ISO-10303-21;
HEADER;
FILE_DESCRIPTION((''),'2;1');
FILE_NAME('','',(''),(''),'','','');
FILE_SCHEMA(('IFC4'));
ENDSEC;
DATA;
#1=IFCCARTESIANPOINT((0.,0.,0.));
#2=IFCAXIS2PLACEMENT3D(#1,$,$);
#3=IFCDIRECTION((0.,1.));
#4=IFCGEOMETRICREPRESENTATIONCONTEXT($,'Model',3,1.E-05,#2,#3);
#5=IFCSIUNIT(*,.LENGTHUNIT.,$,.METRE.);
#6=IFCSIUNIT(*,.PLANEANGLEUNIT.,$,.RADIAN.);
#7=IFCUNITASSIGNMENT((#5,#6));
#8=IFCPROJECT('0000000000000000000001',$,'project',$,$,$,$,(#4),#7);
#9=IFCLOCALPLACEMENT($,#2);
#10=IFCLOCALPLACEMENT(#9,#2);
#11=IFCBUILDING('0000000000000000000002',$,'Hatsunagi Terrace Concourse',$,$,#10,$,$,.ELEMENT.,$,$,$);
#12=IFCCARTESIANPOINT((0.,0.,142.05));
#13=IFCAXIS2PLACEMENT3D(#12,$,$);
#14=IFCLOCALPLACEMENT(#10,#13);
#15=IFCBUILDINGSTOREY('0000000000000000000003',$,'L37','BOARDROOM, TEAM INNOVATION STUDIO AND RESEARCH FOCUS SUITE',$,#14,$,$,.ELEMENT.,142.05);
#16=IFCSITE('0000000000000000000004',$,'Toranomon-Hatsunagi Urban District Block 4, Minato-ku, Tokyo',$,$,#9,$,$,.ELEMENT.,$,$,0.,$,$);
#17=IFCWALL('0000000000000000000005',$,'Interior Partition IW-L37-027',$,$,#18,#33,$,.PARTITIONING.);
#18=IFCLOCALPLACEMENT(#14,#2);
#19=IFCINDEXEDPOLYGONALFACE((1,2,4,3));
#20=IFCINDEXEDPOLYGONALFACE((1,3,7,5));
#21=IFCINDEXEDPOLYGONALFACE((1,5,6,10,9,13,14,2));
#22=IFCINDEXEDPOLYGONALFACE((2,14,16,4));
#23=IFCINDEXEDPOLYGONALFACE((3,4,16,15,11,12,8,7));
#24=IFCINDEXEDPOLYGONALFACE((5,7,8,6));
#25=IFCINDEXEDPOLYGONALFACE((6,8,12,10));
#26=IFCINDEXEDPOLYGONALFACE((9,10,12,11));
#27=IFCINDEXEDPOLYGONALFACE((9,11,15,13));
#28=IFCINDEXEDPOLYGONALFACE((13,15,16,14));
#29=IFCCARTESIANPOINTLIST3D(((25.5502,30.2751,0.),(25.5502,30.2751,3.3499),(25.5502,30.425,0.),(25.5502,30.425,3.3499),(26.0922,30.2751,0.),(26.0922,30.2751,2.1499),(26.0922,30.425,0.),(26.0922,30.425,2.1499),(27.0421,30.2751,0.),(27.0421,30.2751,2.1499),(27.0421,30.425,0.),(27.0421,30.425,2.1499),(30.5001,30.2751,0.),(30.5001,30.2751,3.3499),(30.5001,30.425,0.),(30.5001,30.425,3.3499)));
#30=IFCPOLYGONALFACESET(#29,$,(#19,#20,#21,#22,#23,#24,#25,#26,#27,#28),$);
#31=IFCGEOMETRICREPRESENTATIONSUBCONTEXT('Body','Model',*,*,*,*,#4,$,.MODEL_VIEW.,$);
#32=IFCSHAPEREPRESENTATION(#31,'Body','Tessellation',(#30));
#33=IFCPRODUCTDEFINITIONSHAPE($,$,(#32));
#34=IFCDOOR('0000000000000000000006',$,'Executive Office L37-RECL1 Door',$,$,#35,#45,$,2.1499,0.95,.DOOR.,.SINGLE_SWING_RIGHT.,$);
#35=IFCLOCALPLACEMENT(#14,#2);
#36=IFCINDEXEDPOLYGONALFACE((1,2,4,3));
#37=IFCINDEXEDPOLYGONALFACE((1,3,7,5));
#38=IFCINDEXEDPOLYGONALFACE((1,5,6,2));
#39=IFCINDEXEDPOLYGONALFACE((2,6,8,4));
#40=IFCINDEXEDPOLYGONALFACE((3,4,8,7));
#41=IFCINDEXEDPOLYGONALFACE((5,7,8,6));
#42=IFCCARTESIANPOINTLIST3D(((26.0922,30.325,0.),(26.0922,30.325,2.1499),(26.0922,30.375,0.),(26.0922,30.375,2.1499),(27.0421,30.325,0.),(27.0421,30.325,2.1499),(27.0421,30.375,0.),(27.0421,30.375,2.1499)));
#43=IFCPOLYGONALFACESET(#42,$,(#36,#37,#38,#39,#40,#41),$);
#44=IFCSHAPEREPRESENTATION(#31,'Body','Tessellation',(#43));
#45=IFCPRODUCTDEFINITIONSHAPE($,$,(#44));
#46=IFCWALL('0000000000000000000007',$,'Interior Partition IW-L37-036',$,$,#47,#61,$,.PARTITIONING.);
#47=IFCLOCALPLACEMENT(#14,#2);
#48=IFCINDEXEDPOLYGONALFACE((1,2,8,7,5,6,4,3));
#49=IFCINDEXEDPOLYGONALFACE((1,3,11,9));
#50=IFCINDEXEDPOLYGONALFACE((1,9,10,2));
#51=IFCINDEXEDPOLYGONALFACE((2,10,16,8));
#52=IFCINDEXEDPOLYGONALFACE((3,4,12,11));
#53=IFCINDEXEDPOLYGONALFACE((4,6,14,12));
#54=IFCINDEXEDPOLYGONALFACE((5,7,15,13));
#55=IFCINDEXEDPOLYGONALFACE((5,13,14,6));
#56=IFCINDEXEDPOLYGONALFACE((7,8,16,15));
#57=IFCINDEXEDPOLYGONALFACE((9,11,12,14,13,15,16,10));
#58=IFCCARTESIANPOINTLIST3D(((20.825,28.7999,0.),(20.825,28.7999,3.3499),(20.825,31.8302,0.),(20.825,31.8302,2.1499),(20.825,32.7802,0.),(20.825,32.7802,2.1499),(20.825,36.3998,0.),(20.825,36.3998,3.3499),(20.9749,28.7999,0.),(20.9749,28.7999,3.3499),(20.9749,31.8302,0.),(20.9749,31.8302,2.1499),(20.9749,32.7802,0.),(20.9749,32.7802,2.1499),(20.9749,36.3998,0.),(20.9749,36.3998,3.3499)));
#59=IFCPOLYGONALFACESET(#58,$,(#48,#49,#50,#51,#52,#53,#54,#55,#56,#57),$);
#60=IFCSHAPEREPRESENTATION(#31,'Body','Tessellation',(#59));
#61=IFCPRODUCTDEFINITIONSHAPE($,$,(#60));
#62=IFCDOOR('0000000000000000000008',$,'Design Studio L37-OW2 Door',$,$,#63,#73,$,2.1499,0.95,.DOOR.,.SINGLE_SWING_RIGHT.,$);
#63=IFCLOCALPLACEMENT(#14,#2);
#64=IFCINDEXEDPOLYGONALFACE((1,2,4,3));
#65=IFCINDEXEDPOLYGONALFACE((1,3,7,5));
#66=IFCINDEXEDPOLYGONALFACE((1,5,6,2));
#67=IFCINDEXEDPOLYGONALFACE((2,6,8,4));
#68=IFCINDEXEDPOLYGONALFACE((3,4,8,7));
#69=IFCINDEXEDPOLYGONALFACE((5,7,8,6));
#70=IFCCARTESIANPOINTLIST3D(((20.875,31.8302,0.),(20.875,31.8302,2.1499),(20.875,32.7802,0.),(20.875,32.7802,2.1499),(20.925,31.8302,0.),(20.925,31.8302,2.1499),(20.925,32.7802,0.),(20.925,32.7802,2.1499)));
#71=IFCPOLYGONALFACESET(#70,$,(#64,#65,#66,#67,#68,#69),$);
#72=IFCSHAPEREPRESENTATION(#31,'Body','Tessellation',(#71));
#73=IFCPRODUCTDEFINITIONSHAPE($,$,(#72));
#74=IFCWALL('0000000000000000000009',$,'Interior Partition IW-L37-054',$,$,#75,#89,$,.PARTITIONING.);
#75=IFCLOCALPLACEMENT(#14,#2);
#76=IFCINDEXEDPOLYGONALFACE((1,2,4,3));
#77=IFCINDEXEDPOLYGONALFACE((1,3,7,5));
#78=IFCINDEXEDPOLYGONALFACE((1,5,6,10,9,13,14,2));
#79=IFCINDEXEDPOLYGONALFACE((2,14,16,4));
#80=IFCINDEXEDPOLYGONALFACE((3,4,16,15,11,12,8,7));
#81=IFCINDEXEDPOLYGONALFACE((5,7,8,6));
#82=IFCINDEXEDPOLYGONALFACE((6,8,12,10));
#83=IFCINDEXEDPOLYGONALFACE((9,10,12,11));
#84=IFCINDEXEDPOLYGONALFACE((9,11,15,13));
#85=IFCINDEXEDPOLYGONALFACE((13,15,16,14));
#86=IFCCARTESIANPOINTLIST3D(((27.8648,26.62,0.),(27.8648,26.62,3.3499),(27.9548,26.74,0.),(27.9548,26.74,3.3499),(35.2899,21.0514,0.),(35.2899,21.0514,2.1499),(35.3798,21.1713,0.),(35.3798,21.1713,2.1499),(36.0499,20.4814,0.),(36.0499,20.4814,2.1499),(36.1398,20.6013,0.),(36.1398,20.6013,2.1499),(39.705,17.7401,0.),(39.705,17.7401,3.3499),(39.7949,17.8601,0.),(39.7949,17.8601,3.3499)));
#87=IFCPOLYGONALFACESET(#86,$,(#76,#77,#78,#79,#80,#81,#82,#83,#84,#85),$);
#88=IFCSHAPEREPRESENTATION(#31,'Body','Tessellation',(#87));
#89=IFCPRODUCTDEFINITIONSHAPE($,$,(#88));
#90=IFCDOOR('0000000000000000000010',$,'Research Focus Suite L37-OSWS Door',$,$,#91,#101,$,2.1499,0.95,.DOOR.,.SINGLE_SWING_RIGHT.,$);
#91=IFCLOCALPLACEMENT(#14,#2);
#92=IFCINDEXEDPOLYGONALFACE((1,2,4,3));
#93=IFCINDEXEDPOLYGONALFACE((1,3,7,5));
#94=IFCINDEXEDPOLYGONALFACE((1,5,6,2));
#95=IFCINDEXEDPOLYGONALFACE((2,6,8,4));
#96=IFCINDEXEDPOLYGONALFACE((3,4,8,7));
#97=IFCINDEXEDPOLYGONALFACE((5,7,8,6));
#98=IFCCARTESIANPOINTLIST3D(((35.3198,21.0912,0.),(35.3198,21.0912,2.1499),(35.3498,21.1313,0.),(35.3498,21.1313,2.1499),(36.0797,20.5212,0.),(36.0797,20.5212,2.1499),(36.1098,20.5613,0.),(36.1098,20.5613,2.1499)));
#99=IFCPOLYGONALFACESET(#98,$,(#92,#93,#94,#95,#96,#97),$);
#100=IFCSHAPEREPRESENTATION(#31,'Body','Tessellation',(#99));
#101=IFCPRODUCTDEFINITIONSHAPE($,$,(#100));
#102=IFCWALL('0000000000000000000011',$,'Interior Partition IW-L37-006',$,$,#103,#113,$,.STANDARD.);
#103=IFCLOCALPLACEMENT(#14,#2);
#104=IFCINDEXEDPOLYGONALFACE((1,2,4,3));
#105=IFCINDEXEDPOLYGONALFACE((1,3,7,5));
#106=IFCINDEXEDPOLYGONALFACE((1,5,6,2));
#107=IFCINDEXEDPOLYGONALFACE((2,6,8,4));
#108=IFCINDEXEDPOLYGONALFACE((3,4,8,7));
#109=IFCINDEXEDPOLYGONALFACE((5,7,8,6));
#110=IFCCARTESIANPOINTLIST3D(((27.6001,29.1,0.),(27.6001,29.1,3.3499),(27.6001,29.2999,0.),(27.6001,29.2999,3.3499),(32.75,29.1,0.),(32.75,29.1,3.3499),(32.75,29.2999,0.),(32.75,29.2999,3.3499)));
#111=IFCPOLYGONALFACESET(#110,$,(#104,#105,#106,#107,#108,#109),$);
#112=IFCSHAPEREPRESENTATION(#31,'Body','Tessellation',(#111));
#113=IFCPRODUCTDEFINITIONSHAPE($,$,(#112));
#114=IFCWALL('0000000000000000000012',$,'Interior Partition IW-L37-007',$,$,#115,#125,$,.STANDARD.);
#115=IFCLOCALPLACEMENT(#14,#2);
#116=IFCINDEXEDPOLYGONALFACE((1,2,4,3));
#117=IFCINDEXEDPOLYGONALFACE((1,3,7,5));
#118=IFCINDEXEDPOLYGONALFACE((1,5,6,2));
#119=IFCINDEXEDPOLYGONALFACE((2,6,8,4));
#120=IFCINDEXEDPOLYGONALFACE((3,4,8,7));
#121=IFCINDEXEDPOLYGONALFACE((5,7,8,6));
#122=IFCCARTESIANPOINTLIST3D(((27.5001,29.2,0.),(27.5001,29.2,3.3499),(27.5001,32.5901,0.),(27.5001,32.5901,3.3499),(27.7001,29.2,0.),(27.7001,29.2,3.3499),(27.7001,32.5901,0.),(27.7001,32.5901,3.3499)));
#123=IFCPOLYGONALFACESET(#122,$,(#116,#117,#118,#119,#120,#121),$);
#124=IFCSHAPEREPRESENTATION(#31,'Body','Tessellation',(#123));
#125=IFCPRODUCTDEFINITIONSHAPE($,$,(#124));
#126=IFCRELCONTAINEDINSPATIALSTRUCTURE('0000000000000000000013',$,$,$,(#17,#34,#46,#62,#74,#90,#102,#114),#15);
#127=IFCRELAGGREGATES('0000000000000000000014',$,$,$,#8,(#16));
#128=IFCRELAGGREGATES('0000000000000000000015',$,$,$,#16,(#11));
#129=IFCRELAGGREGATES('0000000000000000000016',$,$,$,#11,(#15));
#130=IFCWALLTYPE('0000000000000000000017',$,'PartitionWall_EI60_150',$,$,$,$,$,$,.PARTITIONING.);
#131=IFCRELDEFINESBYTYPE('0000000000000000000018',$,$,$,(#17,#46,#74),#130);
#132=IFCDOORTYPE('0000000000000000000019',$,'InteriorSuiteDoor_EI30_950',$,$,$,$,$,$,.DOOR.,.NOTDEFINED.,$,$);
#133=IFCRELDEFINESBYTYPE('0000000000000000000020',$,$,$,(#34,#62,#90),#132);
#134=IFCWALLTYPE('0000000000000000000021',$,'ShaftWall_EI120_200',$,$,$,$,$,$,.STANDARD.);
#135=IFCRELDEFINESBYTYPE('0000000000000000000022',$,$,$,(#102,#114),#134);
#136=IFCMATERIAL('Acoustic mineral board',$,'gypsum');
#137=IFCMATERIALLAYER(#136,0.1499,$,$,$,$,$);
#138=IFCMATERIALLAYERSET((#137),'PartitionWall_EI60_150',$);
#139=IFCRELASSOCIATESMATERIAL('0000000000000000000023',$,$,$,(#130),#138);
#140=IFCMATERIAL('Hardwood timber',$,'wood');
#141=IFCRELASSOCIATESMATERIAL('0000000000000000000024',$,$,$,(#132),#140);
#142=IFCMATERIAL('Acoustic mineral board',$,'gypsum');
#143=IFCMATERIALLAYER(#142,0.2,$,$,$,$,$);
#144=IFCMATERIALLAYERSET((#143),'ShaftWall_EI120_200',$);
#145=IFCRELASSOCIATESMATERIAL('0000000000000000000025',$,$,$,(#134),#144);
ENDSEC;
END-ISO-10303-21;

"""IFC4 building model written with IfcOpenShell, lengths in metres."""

from ifc_helpers import new_model, si_unit, direction, frame, frame_2d, origin, place, context, subcontext, project, spatial, rectangle, extrude, material, layer, layer_set, type_object, element, fill, save


model = new_model("IFC4")

# Units and contexts
model_context = context("Model", 3, precision=1e-05, world=origin(), true_north=direction((0.0, 1.0)))
body_context = subcontext(model_context, "Body", "Model", "MODEL_VIEW")
ifc_project = project(units=[si_unit("LENGTHUNIT", "METRE"), si_unit("PLANEANGLEUNIT", "RADIAN")], contexts=[model_context])

# Site, building, storey
site_placement = place(None, origin())
site = spatial("IfcSite", under=ifc_project, at=site_placement, Name="Toranomon-Hatsunagi Urban District Block 4, Minato-ku, Tokyo", CompositionType="ELEMENT", RefElevation=0.0)
building_placement = place(site_placement, origin())
building = spatial("IfcBuilding", under=site, at=building_placement, Name="Hatsunagi Terrace Concourse", CompositionType="ELEMENT")
storey_placement = place(building_placement, frame((0.0, 0.0, 142.05)))
storey = spatial("IfcBuildingStorey", under=building, at=storey_placement, Name="L37", Description="BOARDROOM, TEAM INNOVATION STUDIO AND RESEARCH FOCUS SUITE", CompositionType="ELEMENT", Elevation=142.05)

# Walls, openings, doors
ifc_material_1 = material(Name="Acoustic mineral board", Category="gypsum")
ifc_layer_1 = layer(ifc_material_1, 0.1499)
ifc_layer_set_1 = layer_set([ifc_layer_1], Name="PartitionWall_EI60_150")
wall_type_1 = type_object("IfcWallType", Name="PartitionWall_EI60_150", PredefinedType="PARTITIONING", material=ifc_layer_set_1)
wall_1_placement = place(storey_placement, frame((25.55, 30.3501, 0.0), z_axis=(0.0, 0.0, 1.0), x_axis=(1.0, 0.0, 0.0)))
wall_1 = element("IfcWall", 1, at=wall_1_placement, inside=storey, type_object=wall_type_1, Name="Interior Partition IW-L37-027", PredefinedType="PARTITIONING", context=body_context, shape_type="SweptSolid", body=[
    extrude(rectangle(XDim=4.95, YDim=0.1499, at=frame_2d((2.4751, 0.0))), origin(), (0.0, 0.0, 1.0), 3.3499),
])
opening_1_placement = place(wall_1_placement, frame((0.542, 0.0, 0.0)))
opening_1 = element("IfcOpeningElement", 2, at=opening_1_placement, cuts=wall_1, PredefinedType="OPENING", context=body_context, shape_type="SweptSolid", body=[
    extrude(rectangle(XDim=0.95, YDim=2.1499, at=frame_2d((0.4751, 1.075))), frame((0.0, 0.085, 0.0), z_axis=(0.0, -1.0, 0.0), x_axis=(1.0, 0.0, 0.0)), (0.0, 0.0, 1.0), 0.1699),
])
ifc_material_2 = material(Name="Hardwood timber", Category="wood")
door_type = type_object("IfcDoorType", Name="InteriorSuiteDoor_EI30_950", OperationType="NOTDEFINED", PredefinedType="DOOR", material=ifc_material_2)
door_1_placement = place(opening_1_placement, origin())
door_1 = element("IfcDoor", 3, at=door_1_placement, inside=storey, type_object=door_type, Name="Executive Office L37-RECL1 Door", OperationType="SINGLE_SWING_RIGHT", OverallHeight=2.1499, OverallWidth=0.95, PredefinedType="DOOR", context=body_context, shape_type="SweptSolid", body=[
    extrude(rectangle(XDim=0.95, YDim=2.1499, at=frame_2d((0.4751, 1.075))), frame((0.0, 0.0249, 0.0), z_axis=(0.0, -1.0, 0.0), x_axis=(1.0, 0.0, 0.0)), (0.0, 0.0, 1.0), 0.05),
])
fill(opening_1, door_1)
wall_2_placement = place(storey_placement, frame((20.8999, 28.8, 0.0), z_axis=(0.0, 0.0, 1.0), x_axis=(0.0, 1.0, 0.0)))
wall_2 = element("IfcWall", 4, at=wall_2_placement, inside=storey, type_object=wall_type_1, Name="Interior Partition IW-L37-036", PredefinedType="PARTITIONING", context=body_context, shape_type="SweptSolid", body=[
    extrude(rectangle(XDim=7.5999, YDim=0.1499, at=frame_2d((3.7998, 0.0))), origin(), (0.0, 0.0, 1.0), 3.3499),
])
opening_2_placement = place(wall_2_placement, frame((3.03, 0.0, 0.0)))
opening_2 = element("IfcOpeningElement", 5, at=opening_2_placement, cuts=wall_2, PredefinedType="OPENING", context=body_context, shape_type="SweptSolid", body=[
    extrude(rectangle(XDim=0.95, YDim=2.1499, at=frame_2d((0.4751, 1.075))), frame((0.0, 0.085, 0.0), z_axis=(0.0, -1.0, 0.0), x_axis=(1.0, 0.0, 0.0)), (0.0, 0.0, 1.0), 0.1699),
])
door_2_placement = place(opening_2_placement, origin())
door_2 = element("IfcDoor", 6, at=door_2_placement, inside=storey, type_object=door_type, Name="Design Studio L37-OW2 Door", OperationType="SINGLE_SWING_RIGHT", OverallHeight=2.1499, OverallWidth=0.95, PredefinedType="DOOR", context=body_context, shape_type="SweptSolid", body=[
    extrude(rectangle(XDim=0.95, YDim=2.1499, at=frame_2d((0.4751, 1.075))), frame((0.0, 0.0249, 0.0), z_axis=(0.0, -1.0, 0.0), x_axis=(1.0, 0.0, 0.0)), (0.0, 0.0, 1.0), 0.05),
])
fill(opening_2, door_2)
wall_3_placement = place(storey_placement, frame((27.9099, 26.6799, 0.0), z_axis=(0.0, 0.0, 1.0), x_axis=(0.800006, -0.599992, 0.0)))
wall_3 = element("IfcWall", 7, at=wall_3_placement, inside=storey, type_object=wall_type_1, Name="Interior Partition IW-L37-054", PredefinedType="PARTITIONING", context=body_context, shape_type="SweptSolid", body=[
    extrude(rectangle(XDim=14.8, YDim=0.1499, at=frame_2d((7.3999, 0.0))), origin(), (0.0, 0.0, 1.0), 3.3499),
])
opening_3_placement = place(wall_3_placement, frame((9.281, 0.0, 0.0)))
opening_3 = element("IfcOpeningElement", 8, at=opening_3_placement, cuts=wall_3, PredefinedType="OPENING", context=body_context, shape_type="SweptSolid", body=[
    extrude(rectangle(XDim=0.95, YDim=2.1499, at=frame_2d((0.4751, 1.075))), frame((0.0, 0.085, 0.0), z_axis=(0.0, -1.0, 0.0), x_axis=(1.0, 0.0, 0.0)), (0.0, 0.0, 1.0), 0.1699),
])
door_3_placement = place(opening_3_placement, origin())
door_3 = element("IfcDoor", 9, at=door_3_placement, inside=storey, type_object=door_type, Name="Research Focus Suite L37-OSWS Door", OperationType="SINGLE_SWING_RIGHT", OverallHeight=2.1499, OverallWidth=0.95, PredefinedType="DOOR", context=body_context, shape_type="SweptSolid", body=[
    extrude(rectangle(XDim=0.95, YDim=2.1499, at=frame_2d((0.4751, 1.075))), frame((0.0, 0.0249, 0.0), z_axis=(0.0, -1.0, 0.0), x_axis=(1.0, 0.0, 0.0)), (0.0, 0.0, 1.0), 0.05),
])
fill(opening_3, door_3)

# Walls
ifc_material_3 = material(Name="Acoustic mineral board", Category="gypsum")
ifc_layer_2 = layer(ifc_material_3, 0.2)
ifc_layer_set_2 = layer_set([ifc_layer_2], Name="ShaftWall_EI120_200")
wall_type_2 = type_object("IfcWallType", Name="ShaftWall_EI120_200", PredefinedType="STANDARD", material=ifc_layer_set_2)
wall_4_placement = place(storey_placement, frame((27.6001, 29.2, 0.0), z_axis=(0.0, 0.0, 1.0), x_axis=(1.0, 0.0, 0.0)))
element("IfcWall", 10, at=wall_4_placement, inside=storey, type_object=wall_type_2, Name="Interior Partition IW-L37-006", PredefinedType="STANDARD", context=body_context, shape_type="SweptSolid", body=[
    extrude(rectangle(XDim=5.1499, YDim=0.2, at=frame_2d((2.575, 0.0))), origin(), (0.0, 0.0, 1.0), 3.3499),
])
wall_5_placement = place(storey_placement, frame((27.6001, 29.2, 0.0), z_axis=(0.0, 0.0, 1.0), x_axis=(0.0, 1.0, 0.0)))
element("IfcWall", 11, at=wall_5_placement, inside=storey, type_object=wall_type_2, Name="Interior Partition IW-L37-007", PredefinedType="STANDARD", context=body_context, shape_type="SweptSolid", body=[
    extrude(rectangle(XDim=3.3901, YDim=0.2, at=frame_2d((1.6951, 0.0))), origin(), (0.0, 0.0, 1.0), 3.3499),
])

save(model, "model.ifc")
